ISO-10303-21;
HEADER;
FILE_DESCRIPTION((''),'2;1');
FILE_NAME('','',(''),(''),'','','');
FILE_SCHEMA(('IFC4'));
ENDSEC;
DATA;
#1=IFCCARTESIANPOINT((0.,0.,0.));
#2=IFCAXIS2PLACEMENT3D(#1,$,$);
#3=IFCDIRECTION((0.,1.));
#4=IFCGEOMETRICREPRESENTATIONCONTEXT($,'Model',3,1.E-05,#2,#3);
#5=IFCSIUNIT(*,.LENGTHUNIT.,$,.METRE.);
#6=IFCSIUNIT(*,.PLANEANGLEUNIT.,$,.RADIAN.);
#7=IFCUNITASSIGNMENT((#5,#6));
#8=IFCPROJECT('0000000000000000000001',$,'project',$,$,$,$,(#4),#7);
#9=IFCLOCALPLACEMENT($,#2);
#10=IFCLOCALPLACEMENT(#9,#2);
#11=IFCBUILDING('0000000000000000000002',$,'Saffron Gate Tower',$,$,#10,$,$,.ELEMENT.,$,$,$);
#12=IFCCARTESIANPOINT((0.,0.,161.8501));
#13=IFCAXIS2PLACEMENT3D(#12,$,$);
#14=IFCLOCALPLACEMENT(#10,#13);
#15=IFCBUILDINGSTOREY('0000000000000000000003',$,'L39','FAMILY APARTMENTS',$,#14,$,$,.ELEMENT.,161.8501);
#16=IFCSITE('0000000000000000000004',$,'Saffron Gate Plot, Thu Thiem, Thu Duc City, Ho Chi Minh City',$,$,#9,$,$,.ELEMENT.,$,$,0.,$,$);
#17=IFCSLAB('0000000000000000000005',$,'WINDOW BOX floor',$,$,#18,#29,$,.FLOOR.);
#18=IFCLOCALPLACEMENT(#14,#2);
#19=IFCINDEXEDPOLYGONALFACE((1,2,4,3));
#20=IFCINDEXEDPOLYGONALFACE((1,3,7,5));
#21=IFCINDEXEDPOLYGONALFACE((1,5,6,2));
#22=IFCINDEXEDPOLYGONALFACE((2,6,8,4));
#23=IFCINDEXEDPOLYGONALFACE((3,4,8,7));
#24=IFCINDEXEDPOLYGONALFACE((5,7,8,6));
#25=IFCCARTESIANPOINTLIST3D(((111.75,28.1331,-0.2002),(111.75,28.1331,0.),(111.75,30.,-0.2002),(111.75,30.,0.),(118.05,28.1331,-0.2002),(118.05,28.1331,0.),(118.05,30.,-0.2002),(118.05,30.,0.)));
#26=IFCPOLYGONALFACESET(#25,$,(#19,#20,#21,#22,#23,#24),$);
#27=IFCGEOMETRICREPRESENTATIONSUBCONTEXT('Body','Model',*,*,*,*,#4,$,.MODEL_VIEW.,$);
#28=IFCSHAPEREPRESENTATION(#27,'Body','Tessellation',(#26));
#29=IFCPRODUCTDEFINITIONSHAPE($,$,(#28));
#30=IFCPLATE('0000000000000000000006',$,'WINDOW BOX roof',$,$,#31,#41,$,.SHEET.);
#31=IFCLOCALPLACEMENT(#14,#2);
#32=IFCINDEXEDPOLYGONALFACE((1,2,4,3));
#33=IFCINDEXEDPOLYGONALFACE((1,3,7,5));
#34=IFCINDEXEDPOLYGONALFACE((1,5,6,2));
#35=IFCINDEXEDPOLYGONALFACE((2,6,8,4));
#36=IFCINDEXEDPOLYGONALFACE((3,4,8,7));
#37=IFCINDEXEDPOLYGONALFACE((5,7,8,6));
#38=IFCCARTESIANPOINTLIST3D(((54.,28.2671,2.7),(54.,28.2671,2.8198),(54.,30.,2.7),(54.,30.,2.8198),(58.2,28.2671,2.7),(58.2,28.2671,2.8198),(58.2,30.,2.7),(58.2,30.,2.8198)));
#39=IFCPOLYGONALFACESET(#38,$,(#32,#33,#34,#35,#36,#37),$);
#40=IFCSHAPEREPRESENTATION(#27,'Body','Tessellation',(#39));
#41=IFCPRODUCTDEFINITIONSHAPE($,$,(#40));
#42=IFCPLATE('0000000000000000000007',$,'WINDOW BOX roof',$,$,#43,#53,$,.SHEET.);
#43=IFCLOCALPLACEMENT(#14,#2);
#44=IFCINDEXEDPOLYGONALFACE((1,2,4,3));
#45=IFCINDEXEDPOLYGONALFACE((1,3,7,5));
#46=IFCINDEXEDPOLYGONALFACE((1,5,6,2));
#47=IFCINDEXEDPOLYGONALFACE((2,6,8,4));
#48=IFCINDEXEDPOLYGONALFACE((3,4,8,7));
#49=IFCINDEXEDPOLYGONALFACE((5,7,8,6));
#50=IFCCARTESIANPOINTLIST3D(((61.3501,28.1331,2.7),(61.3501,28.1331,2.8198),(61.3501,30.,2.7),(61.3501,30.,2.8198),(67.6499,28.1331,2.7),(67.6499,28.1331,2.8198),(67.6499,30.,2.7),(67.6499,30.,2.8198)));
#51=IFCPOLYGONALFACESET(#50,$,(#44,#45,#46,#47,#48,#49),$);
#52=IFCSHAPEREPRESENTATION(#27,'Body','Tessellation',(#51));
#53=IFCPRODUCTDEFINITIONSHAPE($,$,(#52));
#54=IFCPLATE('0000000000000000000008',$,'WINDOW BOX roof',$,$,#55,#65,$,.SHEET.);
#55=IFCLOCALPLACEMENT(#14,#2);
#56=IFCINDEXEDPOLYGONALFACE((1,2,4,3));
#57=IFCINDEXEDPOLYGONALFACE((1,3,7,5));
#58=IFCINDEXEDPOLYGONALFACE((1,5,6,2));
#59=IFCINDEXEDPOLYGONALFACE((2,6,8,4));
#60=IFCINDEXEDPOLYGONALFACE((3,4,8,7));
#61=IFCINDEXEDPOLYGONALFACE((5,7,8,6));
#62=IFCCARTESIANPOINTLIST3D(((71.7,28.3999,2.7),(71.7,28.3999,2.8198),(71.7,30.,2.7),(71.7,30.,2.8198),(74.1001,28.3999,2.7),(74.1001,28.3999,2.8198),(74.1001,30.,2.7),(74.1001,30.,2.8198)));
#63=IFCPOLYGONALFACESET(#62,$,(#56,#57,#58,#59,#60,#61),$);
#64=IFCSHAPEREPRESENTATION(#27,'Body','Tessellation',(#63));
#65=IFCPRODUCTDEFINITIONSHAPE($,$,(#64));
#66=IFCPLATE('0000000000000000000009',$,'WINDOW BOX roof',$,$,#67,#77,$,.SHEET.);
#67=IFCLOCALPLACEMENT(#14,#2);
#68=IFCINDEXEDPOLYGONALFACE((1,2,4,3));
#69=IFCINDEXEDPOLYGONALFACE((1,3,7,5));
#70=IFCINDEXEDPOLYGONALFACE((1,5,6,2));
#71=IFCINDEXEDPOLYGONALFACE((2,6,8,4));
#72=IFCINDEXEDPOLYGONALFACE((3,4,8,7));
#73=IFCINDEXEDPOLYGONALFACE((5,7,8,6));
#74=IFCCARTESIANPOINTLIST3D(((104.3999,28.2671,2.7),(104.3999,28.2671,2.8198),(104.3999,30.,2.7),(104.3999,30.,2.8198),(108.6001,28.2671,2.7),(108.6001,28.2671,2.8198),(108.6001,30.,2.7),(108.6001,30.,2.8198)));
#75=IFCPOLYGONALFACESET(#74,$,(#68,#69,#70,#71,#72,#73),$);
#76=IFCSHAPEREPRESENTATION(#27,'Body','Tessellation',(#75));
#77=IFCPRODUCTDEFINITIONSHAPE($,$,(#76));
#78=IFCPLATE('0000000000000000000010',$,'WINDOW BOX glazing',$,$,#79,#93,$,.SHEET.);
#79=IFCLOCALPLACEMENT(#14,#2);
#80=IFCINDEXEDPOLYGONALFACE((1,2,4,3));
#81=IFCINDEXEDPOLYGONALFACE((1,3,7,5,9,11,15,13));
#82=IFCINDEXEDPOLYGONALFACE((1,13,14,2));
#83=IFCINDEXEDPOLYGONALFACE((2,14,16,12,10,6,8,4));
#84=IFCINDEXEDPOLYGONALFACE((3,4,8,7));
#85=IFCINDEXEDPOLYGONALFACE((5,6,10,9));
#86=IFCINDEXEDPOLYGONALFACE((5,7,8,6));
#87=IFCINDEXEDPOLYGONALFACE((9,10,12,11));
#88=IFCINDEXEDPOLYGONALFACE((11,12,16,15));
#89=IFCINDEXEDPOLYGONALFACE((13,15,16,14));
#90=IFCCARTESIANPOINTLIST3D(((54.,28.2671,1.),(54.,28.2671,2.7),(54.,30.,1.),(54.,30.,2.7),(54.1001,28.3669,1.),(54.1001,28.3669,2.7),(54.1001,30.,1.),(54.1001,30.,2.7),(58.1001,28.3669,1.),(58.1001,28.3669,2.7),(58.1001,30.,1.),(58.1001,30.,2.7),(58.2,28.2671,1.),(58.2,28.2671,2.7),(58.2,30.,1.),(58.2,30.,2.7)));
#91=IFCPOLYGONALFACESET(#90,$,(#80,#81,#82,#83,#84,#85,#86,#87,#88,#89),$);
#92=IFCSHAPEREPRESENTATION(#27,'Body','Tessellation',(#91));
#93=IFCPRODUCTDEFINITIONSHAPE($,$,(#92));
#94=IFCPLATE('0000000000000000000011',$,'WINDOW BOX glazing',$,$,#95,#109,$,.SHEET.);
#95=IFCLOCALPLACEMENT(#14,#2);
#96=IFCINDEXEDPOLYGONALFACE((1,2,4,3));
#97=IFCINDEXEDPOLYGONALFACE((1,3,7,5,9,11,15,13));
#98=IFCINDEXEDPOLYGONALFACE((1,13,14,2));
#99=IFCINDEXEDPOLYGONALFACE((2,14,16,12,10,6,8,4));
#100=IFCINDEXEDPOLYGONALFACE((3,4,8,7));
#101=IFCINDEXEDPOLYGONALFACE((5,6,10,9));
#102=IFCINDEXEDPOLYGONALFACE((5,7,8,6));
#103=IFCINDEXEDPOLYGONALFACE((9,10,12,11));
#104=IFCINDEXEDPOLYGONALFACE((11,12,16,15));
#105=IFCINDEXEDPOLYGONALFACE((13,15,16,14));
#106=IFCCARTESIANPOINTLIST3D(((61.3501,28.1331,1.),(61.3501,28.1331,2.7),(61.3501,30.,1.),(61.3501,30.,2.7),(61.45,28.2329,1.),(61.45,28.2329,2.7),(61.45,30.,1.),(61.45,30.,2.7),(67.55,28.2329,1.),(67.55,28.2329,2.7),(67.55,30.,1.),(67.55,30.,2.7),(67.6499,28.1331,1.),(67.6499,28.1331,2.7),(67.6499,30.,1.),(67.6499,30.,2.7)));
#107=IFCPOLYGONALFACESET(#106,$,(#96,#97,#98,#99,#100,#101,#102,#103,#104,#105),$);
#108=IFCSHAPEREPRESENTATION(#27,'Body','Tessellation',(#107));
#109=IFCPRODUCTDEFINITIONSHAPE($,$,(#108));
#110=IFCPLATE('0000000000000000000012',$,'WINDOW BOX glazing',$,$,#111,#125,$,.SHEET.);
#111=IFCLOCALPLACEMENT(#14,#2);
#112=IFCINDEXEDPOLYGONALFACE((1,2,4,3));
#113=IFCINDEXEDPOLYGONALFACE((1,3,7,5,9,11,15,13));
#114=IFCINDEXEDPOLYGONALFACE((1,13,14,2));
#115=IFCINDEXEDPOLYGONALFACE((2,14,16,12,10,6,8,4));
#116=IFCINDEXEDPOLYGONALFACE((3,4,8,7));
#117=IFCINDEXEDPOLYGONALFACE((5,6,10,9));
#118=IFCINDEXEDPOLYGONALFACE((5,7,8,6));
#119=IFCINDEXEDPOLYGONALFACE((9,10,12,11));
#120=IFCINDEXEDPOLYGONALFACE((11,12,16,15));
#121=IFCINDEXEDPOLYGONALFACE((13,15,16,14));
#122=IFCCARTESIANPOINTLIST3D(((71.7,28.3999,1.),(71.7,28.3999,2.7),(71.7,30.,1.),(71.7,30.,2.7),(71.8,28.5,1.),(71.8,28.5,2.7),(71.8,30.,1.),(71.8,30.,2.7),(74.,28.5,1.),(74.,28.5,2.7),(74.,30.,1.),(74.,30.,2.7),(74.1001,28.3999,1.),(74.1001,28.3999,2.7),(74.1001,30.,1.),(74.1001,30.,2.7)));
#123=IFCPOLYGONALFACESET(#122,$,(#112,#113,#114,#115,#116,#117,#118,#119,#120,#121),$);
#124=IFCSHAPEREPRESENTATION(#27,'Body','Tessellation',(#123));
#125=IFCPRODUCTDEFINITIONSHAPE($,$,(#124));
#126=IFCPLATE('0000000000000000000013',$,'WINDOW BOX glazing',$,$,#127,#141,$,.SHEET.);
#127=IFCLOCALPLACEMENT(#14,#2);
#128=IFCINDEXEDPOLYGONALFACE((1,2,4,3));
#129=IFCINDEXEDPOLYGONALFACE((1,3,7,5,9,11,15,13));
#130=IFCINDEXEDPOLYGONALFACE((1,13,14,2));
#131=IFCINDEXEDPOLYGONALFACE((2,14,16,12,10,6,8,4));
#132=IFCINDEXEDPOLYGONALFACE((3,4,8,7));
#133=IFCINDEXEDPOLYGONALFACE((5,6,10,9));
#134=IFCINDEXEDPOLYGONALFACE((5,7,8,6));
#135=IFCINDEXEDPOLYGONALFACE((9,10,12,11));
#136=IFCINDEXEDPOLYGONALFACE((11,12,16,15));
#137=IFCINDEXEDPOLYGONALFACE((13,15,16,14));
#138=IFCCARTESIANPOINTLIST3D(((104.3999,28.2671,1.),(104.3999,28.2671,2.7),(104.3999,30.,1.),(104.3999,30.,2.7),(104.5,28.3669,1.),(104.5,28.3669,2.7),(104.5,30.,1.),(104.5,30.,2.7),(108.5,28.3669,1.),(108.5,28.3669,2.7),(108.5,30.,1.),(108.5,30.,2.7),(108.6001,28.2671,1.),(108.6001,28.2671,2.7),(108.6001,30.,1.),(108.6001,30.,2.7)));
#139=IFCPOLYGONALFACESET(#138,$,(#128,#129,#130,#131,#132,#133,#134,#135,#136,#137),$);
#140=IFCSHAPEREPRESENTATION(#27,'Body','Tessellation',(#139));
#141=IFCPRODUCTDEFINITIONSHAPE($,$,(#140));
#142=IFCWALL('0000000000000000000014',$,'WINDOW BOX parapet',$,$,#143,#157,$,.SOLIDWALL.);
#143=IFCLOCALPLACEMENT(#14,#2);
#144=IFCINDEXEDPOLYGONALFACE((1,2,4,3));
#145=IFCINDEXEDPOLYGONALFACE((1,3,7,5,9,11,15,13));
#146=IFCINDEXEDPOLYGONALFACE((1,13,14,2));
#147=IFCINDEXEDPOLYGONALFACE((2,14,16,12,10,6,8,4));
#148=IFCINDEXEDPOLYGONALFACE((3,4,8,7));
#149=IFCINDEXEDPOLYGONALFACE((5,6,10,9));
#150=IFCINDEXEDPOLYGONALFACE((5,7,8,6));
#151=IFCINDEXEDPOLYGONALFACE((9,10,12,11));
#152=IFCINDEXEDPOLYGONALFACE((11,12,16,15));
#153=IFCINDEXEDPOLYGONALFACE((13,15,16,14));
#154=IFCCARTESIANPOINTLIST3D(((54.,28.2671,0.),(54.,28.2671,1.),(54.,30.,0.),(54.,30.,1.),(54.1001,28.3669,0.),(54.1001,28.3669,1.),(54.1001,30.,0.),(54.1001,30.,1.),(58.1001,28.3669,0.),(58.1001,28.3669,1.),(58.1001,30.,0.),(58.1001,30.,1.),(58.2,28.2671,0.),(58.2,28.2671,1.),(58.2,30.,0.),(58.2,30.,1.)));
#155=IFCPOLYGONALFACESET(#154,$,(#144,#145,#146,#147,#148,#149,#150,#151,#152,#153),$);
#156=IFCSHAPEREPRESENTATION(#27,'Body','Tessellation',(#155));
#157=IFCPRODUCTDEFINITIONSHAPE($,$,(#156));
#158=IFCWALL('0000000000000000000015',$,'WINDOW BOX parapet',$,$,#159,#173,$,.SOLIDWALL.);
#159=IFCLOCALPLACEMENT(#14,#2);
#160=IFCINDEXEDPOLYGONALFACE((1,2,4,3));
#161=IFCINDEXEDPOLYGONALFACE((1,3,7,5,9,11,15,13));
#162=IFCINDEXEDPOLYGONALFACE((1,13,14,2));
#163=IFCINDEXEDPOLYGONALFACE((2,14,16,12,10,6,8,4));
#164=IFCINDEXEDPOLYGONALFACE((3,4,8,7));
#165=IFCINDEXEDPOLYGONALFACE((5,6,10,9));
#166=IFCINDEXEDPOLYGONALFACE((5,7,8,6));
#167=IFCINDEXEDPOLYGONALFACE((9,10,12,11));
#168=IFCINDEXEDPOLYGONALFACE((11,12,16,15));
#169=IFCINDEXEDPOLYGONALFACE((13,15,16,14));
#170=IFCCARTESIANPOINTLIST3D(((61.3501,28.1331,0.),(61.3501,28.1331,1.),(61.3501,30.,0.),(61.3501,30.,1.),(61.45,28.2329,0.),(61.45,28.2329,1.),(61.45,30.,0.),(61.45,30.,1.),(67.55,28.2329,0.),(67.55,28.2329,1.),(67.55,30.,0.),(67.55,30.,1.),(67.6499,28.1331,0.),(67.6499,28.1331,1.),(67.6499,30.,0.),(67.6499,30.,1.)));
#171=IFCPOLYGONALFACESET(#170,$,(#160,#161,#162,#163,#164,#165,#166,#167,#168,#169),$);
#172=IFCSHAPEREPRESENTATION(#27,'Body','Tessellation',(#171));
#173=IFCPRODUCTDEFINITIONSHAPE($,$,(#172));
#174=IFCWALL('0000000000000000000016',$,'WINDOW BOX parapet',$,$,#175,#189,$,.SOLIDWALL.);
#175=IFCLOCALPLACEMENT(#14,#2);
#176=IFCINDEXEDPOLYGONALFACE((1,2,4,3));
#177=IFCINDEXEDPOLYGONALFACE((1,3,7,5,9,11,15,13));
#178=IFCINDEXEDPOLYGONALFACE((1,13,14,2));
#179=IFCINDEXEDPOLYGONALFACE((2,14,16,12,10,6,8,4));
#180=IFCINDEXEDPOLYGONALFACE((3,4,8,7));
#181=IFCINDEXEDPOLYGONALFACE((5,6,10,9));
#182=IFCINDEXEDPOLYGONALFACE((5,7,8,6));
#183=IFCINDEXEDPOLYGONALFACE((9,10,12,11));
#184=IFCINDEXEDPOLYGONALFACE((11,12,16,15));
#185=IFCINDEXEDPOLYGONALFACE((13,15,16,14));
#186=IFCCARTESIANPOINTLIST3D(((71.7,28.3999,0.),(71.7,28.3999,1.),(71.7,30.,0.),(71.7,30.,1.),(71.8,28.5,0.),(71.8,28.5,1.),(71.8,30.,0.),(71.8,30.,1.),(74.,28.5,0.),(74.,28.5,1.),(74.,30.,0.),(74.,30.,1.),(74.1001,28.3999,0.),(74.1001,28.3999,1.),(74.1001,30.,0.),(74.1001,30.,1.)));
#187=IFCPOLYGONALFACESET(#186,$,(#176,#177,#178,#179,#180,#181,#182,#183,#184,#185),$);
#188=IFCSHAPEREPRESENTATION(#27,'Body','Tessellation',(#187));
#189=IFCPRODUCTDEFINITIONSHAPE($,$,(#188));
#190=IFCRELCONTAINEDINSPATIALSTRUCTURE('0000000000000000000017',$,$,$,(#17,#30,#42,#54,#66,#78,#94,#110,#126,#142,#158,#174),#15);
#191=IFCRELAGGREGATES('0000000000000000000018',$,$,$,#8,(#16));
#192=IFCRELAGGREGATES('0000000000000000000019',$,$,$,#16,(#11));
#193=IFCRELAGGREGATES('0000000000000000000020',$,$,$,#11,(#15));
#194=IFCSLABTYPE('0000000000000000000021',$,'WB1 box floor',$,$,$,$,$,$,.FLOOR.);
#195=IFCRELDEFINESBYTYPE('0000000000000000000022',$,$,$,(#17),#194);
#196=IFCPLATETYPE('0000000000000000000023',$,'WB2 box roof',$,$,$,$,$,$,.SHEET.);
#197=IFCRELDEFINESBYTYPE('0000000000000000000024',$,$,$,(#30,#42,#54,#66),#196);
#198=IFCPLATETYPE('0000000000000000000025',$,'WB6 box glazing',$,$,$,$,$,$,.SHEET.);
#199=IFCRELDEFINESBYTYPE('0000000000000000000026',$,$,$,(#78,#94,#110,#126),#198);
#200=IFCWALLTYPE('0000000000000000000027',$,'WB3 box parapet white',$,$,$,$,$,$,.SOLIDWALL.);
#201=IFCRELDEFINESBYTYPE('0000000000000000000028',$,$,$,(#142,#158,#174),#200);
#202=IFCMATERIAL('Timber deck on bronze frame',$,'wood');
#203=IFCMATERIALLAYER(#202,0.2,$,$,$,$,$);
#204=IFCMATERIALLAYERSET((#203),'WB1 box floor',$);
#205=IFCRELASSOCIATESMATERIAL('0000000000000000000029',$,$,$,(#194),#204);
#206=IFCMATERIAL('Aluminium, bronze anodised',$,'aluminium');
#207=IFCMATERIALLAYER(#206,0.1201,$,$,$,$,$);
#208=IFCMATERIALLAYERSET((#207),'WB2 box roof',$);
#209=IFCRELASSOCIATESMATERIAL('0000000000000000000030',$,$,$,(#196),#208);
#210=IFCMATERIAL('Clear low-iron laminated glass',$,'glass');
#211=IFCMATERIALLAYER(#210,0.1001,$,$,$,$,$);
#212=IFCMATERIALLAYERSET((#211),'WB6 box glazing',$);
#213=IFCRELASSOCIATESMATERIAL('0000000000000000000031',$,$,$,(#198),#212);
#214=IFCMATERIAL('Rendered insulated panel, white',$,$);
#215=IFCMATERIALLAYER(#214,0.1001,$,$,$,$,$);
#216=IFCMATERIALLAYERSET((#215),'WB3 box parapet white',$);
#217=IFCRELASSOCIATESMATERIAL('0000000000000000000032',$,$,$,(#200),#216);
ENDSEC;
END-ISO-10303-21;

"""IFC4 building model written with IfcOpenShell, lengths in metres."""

from ifc_helpers import new_model, si_unit, direction, frame, origin, place, context, subcontext, project, spatial, polyline, outline, extrude, material, layer, layer_set, type_object, element, save


model = new_model("IFC4")

# Units and contexts
model_context = context("Model", 3, precision=1e-05, world=origin(), true_north=direction((0.0, 1.0)))
body_context = subcontext(model_context, "Body", "Model", "MODEL_VIEW")
ifc_project = project(units=[si_unit("LENGTHUNIT", "METRE"), si_unit("PLANEANGLEUNIT", "RADIAN")], contexts=[model_context])

# Site, building, storey
site_placement = place(None, origin())
site = spatial("IfcSite", under=ifc_project, at=site_placement, Name="Saffron Gate Plot, Thu Thiem, Thu Duc City, Ho Chi Minh City", CompositionType="ELEMENT", RefElevation=0.0)
building_placement = place(site_placement, origin())
building = spatial("IfcBuilding", under=site, at=building_placement, Name="Saffron Gate Tower", CompositionType="ELEMENT")
storey_placement = place(building_placement, frame((0.0, 0.0, 161.8501)))
storey = spatial("IfcBuildingStorey", under=building, at=storey_placement, Name="L39", Description="FAMILY APARTMENTS", CompositionType="ELEMENT", Elevation=161.8501)

# Slab
ifc_material_1 = material(Name="Timber deck on bronze frame", Category="wood")
ifc_layer_1 = layer(ifc_material_1, 0.2)
ifc_layer_set_1 = layer_set([ifc_layer_1], Name="WB1 box floor")
slab_type_1 = type_object("IfcSlabType", Name="WB1 box floor", PredefinedType="FLOOR", material=ifc_layer_set_1)
slab_1_placement = place(storey_placement, frame((0.0, 0.0, -0.2002)))
element("IfcSlab", 1, at=slab_1_placement, inside=storey, type_object=slab_type_1, Name="WINDOW BOX floor", PredefinedType="FLOOR", context=body_context, shape_type="SweptSolid", body=[
    extrude(outline(polyline([(111.75, 30.0), (118.05, 30.0), (118.05, 28.1331), (111.75, 28.1331), (111.75, 30.0)])), origin(), (0.0, 0.0, 1.0), 0.2002),
])

# Plates
ifc_material_2 = material(Name="Aluminium, bronze anodised", Category="aluminium")
ifc_layer_2 = layer(ifc_material_2, 0.1201)
ifc_layer_set_2 = layer_set([ifc_layer_2], Name="WB2 box roof")
plate_type_1 = type_object("IfcPlateType", Name="WB2 box roof", PredefinedType="SHEET", material=ifc_layer_set_2)
plate_1_placement = place(storey_placement, frame((0.0, 0.0, 2.7)))
element("IfcPlate", 2, at=plate_1_placement, inside=storey, type_object=plate_type_1, Name="WINDOW BOX roof", PredefinedType="SHEET", context=body_context, shape_type="SweptSolid", body=[
    extrude(outline(polyline([(54.0, 30.0), (58.2, 30.0), (58.2, 28.2671), (54.0, 28.2671), (54.0, 30.0)])), origin(), (0.0, 0.0, 1.0), 0.1199),
])
plate_2_placement = place(storey_placement, frame((0.0, 0.0, 2.7)))
element("IfcPlate", 3, at=plate_2_placement, inside=storey, type_object=plate_type_1, Name="WINDOW BOX roof", PredefinedType="SHEET", context=body_context, shape_type="SweptSolid", body=[
    extrude(outline(polyline([(61.3501, 30.0), (67.6499, 30.0), (67.6499, 28.1331), (61.3501, 28.1331), (61.3501, 30.0)])), origin(), (0.0, 0.0, 1.0), 0.1199),
])
plate_3_placement = place(storey_placement, frame((0.0, 0.0, 2.7)))
element("IfcPlate", 4, at=plate_3_placement, inside=storey, type_object=plate_type_1, Name="WINDOW BOX roof", PredefinedType="SHEET", context=body_context, shape_type="SweptSolid", body=[
    extrude(outline(polyline([(71.7, 30.0), (74.1001, 30.0), (74.1001, 28.3999), (71.7, 28.3999), (71.7, 30.0)])), origin(), (0.0, 0.0, 1.0), 0.1199),
])
plate_4_placement = place(storey_placement, frame((0.0, 0.0, 2.7)))
element("IfcPlate", 5, at=plate_4_placement, inside=storey, type_object=plate_type_1, Name="WINDOW BOX roof", PredefinedType="SHEET", context=body_context, shape_type="SweptSolid", body=[
    extrude(outline(polyline([(104.3999, 30.0), (108.6001, 30.0), (108.6001, 28.2671), (104.3999, 28.2671), (104.3999, 30.0)])), origin(), (0.0, 0.0, 1.0), 0.1199),
])
ifc_material_3 = material(Name="Clear low-iron laminated glass", Category="glass")
ifc_layer_3 = layer(ifc_material_3, 0.1001)
ifc_layer_set_3 = layer_set([ifc_layer_3], Name="WB6 box glazing")
plate_type_2 = type_object("IfcPlateType", Name="WB6 box glazing", PredefinedType="SHEET", material=ifc_layer_set_3)
plate_5_placement = place(storey_placement, frame((0.0, 0.0, 1.0)))
element("IfcPlate", 6, at=plate_5_placement, inside=storey, type_object=plate_type_2, Name="WINDOW BOX glazing", PredefinedType="SHEET", context=body_context, shape_type="SweptSolid", body=[
    extrude(outline(polyline([(54.0, 30.0), (54.1001, 30.0), (54.1001, 28.3669), (58.1001, 28.3669), (58.1001, 30.0), (58.2, 30.0), (58.2, 28.2671), (54.0, 28.2671), (54.0, 30.0)])), origin(), (0.0, 0.0, 1.0), 1.7),
])
plate_6_placement = place(storey_placement, frame((0.0, 0.0, 1.0)))
element("IfcPlate", 7, at=plate_6_placement, inside=storey, type_object=plate_type_2, Name="WINDOW BOX glazing", PredefinedType="SHEET", context=body_context, shape_type="SweptSolid", body=[
    extrude(outline(polyline([(61.3501, 30.0), (61.45, 30.0), (61.45, 28.2329), (67.55, 28.2329), (67.55, 30.0), (67.6499, 30.0), (67.6499, 28.1331), (61.3501, 28.1331), (61.3501, 30.0)])), origin(), (0.0, 0.0, 1.0), 1.7),
])
plate_7_placement = place(storey_placement, frame((0.0, 0.0, 1.0)))
element("IfcPlate", 8, at=plate_7_placement, inside=storey, type_object=plate_type_2, Name="WINDOW BOX glazing", PredefinedType="SHEET", context=body_context, shape_type="SweptSolid", body=[
    extrude(outline(polyline([(71.7, 30.0), (71.8, 30.0), (71.8, 28.5), (74.0, 28.5), (74.0, 30.0), (74.1001, 30.0), (74.1001, 28.3999), (71.7, 28.3999), (71.7, 30.0)])), origin(), (0.0, 0.0, 1.0), 1.7),
])
plate_8_placement = place(storey_placement, frame((0.0, 0.0, 1.0)))
element("IfcPlate", 9, at=plate_8_placement, inside=storey, type_object=plate_type_2, Name="WINDOW BOX glazing", PredefinedType="SHEET", context=body_context, shape_type="SweptSolid", body=[
    extrude(outline(polyline([(104.3999, 30.0), (104.5, 30.0), (104.5, 28.3669), (108.5, 28.3669), (108.5, 30.0), (108.6001, 30.0), (108.6001, 28.2671), (104.3999, 28.2671), (104.3999, 30.0)])), origin(), (0.0, 0.0, 1.0), 1.7),
])

# Walls
ifc_material_4 = material(Name="Rendered insulated panel, white")
ifc_layer_4 = layer(ifc_material_4, 0.1001)
ifc_layer_set_4 = layer_set([ifc_layer_4], Name="WB3 box parapet white")
wall_type = type_object("IfcWallType", Name="WB3 box parapet white", PredefinedType="SOLIDWALL", material=ifc_layer_set_4)
wall_1_placement = place(storey_placement, origin())
element("IfcWall", 10, at=wall_1_placement, inside=storey, type_object=wall_type, Name="WINDOW BOX parapet", PredefinedType="SOLIDWALL", context=body_context, shape_type="SweptSolid", body=[
    extrude(outline(polyline([(54.0, 30.0), (54.1001, 30.0), (54.1001, 28.3669), (58.1001, 28.3669), (58.1001, 30.0), (58.2, 30.0), (58.2, 28.2671), (54.0, 28.2671), (54.0, 30.0)])), origin(), (0.0, 0.0, 1.0), 1.0),
])
wall_2_placement = place(storey_placement, origin())
element("IfcWall", 11, at=wall_2_placement, inside=storey, type_object=wall_type, Name="WINDOW BOX parapet", PredefinedType="SOLIDWALL", context=body_context, shape_type="SweptSolid", body=[
    extrude(outline(polyline([(61.3501, 30.0), (61.45, 30.0), (61.45, 28.2329), (67.55, 28.2329), (67.55, 30.0), (67.6499, 30.0), (67.6499, 28.1331), (61.3501, 28.1331), (61.3501, 30.0)])), origin(), (0.0, 0.0, 1.0), 1.0),
])
wall_3_placement = place(storey_placement, origin())
element("IfcWall", 12, at=wall_3_placement, inside=storey, type_object=wall_type, Name="WINDOW BOX parapet", PredefinedType="SOLIDWALL", context=body_context, shape_type="SweptSolid", body=[
    extrude(outline(polyline([(71.7, 30.0), (71.8, 30.0), (71.8, 28.5), (74.0, 28.5), (74.0, 30.0), (74.1001, 30.0), (74.1001, 28.3999), (71.7, 28.3999), (71.7, 30.0)])), origin(), (0.0, 0.0, 1.0), 1.0),
])

save(model, "model.ifc")
